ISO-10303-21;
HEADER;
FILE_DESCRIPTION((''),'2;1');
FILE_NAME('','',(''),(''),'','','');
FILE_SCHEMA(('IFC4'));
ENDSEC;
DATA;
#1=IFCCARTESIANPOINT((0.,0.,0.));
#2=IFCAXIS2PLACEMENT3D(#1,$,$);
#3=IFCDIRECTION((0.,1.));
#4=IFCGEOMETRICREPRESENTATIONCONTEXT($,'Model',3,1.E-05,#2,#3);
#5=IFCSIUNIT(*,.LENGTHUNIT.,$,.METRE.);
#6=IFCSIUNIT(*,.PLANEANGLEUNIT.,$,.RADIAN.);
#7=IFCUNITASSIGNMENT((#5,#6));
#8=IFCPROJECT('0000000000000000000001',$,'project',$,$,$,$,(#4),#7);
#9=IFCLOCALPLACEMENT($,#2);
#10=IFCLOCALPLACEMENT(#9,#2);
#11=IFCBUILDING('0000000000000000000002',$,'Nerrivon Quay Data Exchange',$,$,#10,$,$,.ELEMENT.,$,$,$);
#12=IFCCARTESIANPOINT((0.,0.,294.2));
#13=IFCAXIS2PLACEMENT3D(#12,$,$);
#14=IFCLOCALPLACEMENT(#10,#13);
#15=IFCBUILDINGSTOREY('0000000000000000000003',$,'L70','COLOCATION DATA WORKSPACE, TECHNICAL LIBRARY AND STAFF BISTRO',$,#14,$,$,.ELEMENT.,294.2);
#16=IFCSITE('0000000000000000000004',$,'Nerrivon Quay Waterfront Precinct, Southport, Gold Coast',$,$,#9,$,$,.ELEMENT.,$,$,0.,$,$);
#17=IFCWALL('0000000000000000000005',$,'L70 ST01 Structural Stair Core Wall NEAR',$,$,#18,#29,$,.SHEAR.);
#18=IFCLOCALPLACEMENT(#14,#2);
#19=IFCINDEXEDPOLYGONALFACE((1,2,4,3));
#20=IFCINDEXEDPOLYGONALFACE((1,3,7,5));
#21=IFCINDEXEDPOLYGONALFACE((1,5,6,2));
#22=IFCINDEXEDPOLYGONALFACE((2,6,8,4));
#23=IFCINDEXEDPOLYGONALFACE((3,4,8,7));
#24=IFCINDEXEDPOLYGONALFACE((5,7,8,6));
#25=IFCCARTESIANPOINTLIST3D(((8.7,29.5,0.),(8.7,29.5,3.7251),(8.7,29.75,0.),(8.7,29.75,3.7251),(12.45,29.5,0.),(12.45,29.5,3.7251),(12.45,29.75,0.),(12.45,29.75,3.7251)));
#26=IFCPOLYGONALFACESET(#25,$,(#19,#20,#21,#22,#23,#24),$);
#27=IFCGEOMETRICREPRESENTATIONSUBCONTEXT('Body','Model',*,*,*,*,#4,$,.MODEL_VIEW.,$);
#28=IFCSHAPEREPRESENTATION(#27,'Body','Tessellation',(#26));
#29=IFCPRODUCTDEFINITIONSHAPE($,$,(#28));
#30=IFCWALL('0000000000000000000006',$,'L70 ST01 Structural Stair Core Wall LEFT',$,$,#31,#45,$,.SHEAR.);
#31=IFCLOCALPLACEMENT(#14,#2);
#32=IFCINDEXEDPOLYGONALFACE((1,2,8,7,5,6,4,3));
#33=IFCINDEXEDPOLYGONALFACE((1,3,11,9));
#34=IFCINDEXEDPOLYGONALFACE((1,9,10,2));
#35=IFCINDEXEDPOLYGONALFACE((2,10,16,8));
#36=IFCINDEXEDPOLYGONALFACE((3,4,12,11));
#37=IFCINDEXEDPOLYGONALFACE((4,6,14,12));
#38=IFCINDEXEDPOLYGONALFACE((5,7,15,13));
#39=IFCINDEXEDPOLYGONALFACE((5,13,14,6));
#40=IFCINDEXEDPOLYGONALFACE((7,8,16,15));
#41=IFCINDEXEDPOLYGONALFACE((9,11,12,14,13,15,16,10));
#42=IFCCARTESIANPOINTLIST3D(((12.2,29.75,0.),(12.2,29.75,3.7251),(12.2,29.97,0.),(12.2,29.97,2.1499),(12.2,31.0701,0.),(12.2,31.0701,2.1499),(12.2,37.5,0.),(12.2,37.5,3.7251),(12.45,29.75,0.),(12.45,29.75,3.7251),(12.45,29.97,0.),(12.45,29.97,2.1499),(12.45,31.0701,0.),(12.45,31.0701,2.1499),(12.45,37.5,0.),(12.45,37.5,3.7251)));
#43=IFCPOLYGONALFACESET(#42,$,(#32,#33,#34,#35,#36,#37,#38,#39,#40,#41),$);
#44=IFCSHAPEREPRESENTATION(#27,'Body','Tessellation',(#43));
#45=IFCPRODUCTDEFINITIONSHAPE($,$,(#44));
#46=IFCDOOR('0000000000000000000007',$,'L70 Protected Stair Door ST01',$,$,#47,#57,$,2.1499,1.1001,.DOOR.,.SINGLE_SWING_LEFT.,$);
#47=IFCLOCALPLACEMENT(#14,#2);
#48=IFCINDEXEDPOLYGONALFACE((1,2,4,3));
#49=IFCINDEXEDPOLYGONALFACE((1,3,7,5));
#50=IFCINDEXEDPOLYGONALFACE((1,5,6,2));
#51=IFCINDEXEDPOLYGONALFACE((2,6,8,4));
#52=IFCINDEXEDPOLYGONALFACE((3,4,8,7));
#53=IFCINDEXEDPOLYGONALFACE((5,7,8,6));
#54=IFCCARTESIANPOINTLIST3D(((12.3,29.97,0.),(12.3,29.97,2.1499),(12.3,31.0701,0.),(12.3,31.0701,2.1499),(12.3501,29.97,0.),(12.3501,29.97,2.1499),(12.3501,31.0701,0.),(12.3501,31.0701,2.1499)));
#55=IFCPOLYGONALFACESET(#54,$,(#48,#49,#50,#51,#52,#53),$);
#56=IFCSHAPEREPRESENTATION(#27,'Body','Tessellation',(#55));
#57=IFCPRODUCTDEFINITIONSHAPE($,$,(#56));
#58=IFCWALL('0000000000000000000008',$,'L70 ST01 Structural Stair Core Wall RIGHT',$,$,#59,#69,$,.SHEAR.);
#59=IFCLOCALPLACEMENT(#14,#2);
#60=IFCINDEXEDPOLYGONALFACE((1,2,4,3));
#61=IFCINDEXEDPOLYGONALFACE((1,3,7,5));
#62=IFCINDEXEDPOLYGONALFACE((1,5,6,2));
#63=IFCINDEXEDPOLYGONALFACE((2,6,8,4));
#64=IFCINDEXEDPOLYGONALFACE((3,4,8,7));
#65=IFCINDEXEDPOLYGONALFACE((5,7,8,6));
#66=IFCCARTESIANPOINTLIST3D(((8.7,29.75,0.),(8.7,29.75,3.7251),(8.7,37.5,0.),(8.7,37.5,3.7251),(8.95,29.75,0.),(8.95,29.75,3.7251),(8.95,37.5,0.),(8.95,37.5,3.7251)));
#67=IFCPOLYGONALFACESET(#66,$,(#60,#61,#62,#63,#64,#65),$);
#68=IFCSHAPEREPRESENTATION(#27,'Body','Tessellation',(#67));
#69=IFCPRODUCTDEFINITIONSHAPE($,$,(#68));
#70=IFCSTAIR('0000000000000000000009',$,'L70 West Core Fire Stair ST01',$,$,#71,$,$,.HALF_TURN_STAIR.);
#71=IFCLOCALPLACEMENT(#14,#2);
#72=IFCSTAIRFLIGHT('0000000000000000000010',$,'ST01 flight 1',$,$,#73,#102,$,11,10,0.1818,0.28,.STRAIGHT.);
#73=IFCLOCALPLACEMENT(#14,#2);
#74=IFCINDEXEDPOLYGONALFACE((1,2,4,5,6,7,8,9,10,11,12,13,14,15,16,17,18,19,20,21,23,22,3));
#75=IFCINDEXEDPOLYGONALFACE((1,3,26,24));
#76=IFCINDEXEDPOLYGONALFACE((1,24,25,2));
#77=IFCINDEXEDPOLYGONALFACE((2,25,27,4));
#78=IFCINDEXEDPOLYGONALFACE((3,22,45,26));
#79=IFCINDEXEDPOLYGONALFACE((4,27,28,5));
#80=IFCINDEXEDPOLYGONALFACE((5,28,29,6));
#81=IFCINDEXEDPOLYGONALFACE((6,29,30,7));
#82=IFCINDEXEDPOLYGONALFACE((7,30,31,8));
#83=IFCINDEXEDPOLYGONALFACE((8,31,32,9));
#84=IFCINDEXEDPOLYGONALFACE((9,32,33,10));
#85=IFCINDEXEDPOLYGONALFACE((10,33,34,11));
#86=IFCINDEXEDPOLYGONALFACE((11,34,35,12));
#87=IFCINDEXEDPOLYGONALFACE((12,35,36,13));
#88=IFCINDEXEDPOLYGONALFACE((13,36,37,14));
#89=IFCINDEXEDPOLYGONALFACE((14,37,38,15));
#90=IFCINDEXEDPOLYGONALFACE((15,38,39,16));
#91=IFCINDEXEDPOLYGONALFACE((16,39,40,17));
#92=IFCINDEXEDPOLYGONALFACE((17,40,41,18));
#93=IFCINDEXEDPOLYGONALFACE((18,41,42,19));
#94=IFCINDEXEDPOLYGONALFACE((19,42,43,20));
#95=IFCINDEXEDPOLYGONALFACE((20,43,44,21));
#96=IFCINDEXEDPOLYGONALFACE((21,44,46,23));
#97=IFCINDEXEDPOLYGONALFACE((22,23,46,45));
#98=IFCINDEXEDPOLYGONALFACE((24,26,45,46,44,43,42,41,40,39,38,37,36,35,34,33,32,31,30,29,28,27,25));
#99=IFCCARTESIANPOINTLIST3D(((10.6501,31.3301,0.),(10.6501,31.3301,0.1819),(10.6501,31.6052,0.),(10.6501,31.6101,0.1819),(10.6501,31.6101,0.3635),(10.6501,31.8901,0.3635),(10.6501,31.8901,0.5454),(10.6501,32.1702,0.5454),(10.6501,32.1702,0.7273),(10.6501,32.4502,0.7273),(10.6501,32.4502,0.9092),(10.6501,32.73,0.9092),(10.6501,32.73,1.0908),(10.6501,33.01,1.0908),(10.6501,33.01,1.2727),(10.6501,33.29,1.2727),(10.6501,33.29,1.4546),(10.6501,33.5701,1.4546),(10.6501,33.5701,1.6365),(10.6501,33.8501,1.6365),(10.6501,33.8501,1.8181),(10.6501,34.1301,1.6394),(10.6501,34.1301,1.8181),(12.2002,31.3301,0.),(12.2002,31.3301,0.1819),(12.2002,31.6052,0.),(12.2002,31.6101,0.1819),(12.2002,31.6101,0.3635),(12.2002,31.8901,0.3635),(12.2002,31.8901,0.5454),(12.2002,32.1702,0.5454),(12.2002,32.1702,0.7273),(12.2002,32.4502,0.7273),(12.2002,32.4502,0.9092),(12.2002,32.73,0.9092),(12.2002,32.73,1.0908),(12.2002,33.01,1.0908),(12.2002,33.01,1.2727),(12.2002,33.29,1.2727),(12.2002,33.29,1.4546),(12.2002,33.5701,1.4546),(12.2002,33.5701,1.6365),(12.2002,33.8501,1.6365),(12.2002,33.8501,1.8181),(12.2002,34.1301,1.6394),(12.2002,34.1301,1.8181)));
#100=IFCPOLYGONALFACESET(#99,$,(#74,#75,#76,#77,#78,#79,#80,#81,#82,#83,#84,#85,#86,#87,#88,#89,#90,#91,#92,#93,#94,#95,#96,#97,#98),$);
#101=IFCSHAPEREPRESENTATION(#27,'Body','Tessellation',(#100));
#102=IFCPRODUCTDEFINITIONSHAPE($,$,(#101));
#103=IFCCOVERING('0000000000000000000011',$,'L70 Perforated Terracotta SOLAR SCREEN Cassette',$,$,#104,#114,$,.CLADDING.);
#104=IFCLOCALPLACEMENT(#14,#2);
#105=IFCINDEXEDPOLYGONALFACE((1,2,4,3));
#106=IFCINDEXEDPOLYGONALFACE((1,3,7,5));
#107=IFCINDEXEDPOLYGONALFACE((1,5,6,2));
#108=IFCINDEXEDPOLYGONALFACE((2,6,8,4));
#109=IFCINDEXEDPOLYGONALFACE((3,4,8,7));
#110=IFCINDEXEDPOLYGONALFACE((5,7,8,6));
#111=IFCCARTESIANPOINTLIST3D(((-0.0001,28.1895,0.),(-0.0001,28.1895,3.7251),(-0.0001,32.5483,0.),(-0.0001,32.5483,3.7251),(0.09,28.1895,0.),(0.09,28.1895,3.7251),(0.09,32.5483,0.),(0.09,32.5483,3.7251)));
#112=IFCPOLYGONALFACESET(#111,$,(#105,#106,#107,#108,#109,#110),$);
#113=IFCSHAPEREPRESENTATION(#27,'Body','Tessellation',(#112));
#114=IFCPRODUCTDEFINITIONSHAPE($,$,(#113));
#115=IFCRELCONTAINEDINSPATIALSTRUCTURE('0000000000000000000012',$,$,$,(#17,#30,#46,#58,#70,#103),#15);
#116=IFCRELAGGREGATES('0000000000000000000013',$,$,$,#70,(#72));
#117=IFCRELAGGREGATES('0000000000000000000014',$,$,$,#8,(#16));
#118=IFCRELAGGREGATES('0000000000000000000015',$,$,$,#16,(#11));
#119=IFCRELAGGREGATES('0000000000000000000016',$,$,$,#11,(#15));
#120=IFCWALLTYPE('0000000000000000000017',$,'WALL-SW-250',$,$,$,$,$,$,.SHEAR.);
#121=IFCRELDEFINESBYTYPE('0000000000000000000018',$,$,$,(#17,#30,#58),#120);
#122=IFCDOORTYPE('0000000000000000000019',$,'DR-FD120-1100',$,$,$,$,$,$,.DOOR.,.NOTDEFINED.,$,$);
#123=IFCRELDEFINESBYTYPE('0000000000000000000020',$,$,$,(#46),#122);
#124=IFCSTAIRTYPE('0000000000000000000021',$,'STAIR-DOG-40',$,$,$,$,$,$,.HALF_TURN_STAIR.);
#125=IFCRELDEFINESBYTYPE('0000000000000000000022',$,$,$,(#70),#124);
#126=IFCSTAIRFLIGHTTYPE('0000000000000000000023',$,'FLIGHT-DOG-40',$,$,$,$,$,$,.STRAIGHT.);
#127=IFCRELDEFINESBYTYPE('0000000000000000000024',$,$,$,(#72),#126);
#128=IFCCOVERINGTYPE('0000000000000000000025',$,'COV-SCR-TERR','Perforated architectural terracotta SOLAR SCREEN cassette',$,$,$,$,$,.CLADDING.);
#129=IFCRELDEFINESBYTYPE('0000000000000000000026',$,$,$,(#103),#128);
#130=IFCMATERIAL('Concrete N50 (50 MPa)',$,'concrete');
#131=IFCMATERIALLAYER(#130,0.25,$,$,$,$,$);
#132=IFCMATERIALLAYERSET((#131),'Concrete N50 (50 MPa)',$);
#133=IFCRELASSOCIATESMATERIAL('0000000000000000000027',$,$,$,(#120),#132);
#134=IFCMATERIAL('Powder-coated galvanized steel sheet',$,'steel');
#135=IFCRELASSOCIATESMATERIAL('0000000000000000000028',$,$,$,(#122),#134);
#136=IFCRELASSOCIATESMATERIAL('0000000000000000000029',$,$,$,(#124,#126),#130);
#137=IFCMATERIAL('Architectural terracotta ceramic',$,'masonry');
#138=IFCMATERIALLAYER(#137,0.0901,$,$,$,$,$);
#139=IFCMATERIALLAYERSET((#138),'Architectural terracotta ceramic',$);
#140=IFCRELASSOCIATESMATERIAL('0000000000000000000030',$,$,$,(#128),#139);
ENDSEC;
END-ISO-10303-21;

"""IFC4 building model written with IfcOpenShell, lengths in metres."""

from ifc_helpers import new_model, si_unit, direction, frame, frame_2d, origin, origin_2d, place, context, subcontext, project, spatial, polyline, rectangle, outline, extrude, material, layer, layer_set, type_object, element, fill, aggregate, save


model = new_model("IFC4")

# Units and contexts
model_context = context("Model", 3, precision=1e-05, world=origin(), true_north=direction((0.0, 1.0)))
body_context = subcontext(model_context, "Body", "Model", "MODEL_VIEW")
ifc_project = project(units=[si_unit("LENGTHUNIT", "METRE"), si_unit("PLANEANGLEUNIT", "RADIAN")], contexts=[model_context])

# Site, building, storey
site_placement = place(None, origin())
site = spatial("IfcSite", under=ifc_project, at=site_placement, Name="Nerrivon Quay Waterfront Precinct, Southport, Gold Coast", CompositionType="ELEMENT", RefElevation=0.0)
building_placement = place(site_placement, origin())
building = spatial("IfcBuilding", under=site, at=building_placement, Name="Nerrivon Quay Data Exchange", CompositionType="ELEMENT")
storey_placement = place(building_placement, frame((0.0, 0.0, 294.2)))
storey = spatial("IfcBuildingStorey", under=building, at=storey_placement, Name="L70", Description="COLOCATION DATA WORKSPACE, TECHNICAL LIBRARY AND STAFF BISTRO", CompositionType="ELEMENT", Elevation=294.2)

# Shared definitions
ifc_material_1 = material(Name="Concrete N50 (50 MPa)", Category="concrete")

# Shared definitions
ifc_material_2 = material(Name="Powder-coated galvanized steel sheet", Category="steel")

# Wall
ifc_layer_1 = layer(ifc_material_1, 0.25)
ifc_layer_set_1 = layer_set([ifc_layer_1], Name="Concrete N50 (50 MPa)")
wall_type_1 = type_object("IfcWallType", Name="WALL-SW-250", PredefinedType="SHEAR", material=ifc_layer_set_1)
wall_1_placement = place(storey_placement, frame((12.45, 29.625, 0.0), z_axis=(0.0, 0.0, 1.0), x_axis=(-1.0, 0.0, 0.0)))
element("IfcWall", 1, at=wall_1_placement, inside=storey, type_object=wall_type_1, Name="L70 ST01 Structural Stair Core Wall NEAR", PredefinedType="SHEAR", context=body_context, shape_type="SweptSolid", body=[
    extrude(rectangle(XDim=3.75, YDim=0.25, at=frame_2d((1.875, 0.0))), origin(), (0.0, 0.0, 1.0), 3.7251),
])

# Wall, opening, door
wall_2_placement = place(storey_placement, frame((12.325, 29.75, 0.0), z_axis=(0.0, 0.0, 1.0), x_axis=(0.0, 1.0, 0.0)))
wall_2 = element("IfcWall", 2, at=wall_2_placement, inside=storey, type_object=wall_type_1, Name="L70 ST01 Structural Stair Core Wall LEFT", PredefinedType="SHEAR", context=body_context, shape_type="SweptSolid", body=[
    extrude(rectangle(XDim=7.75, YDim=0.25, at=frame_2d((3.875, 0.0))), origin(), (0.0, 0.0, 1.0), 3.7251),
])
opening_1_placement = place(wall_2_placement, frame((0.22, 0.0, 0.0)))
opening_1 = element("IfcOpeningElement", 3, at=opening_1_placement, cuts=wall_2, PredefinedType="OPENING", context=body_context, shape_type="SweptSolid", body=[
    extrude(rectangle(XDim=1.1001, YDim=2.1499, at=frame_2d((0.55, 1.075))), frame((0.0, 0.135, 0.0), z_axis=(0.0, -1.0, 0.0), x_axis=(1.0, 0.0, 0.0)), (0.0, 0.0, 1.0), 0.27),
])
door_type_1 = type_object("IfcDoorType", Name="DR-FD120-1100", OperationType="NOTDEFINED", PredefinedType="DOOR", material=ifc_material_2)
door_1_placement = place(opening_1_placement, origin())
door_1 = element("IfcDoor", 4, at=door_1_placement, inside=storey, type_object=door_type_1, Name="L70 Protected Stair Door ST01", OperationType="SINGLE_SWING_LEFT", OverallHeight=2.1499, OverallWidth=1.1001, PredefinedType="DOOR", context=body_context, shape_type="SweptSolid", body=[
    extrude(rectangle(XDim=1.1001, YDim=2.1499, at=frame_2d((0.55, 1.075))), frame((0.0, 0.0249, 0.0), z_axis=(0.0, -1.0, 0.0), x_axis=(1.0, 0.0, 0.0)), (0.0, 0.0, 1.0), 0.05),
])
fill(opening_1, door_1)

# Wall
wall_3_placement = place(storey_placement, frame((8.825, 29.75, 0.0), z_axis=(0.0, 0.0, 1.0), x_axis=(0.0, 1.0, 0.0)))
element("IfcWall", 5, at=wall_3_placement, inside=storey, type_object=wall_type_1, Name="L70 ST01 Structural Stair Core Wall RIGHT", PredefinedType="SHEAR", context=body_context, shape_type="SweptSolid", body=[
    extrude(rectangle(XDim=7.75, YDim=0.25, at=frame_2d((3.875, 0.0))), origin(), (0.0, 0.0, 1.0), 3.7251),
])

# Stair, stair flight
stair_type = type_object("IfcStairType", Name="STAIR-DOG-40", PredefinedType="HALF_TURN_STAIR", material=ifc_material_1)
stair_placement = place(storey_placement, origin())
stair = element("IfcStair", 6, at=stair_placement, inside=storey, type_object=stair_type, Name="L70 West Core Fire Stair ST01", PredefinedType="HALF_TURN_STAIR")
stair_flight_type = type_object("IfcStairFlightType", Name="FLIGHT-DOG-40", PredefinedType="STRAIGHT", material=ifc_material_1)
stair_flight_placement = place(storey_placement, frame((11.425, 31.3301, 0.0), z_axis=(0.0, 0.0, 1.0), x_axis=(0.0, 1.0, 0.0)))
stair_flight = element("IfcStairFlight", 7, at=stair_flight_placement, type_object=stair_flight_type, Name="ST01 flight 1", NumberOfRisers=11, NumberOfTreads=10, PredefinedType="STRAIGHT", RiserHeight=0.1818, TreadLength=0.28, context=body_context, shape_type="SweptSolid", body=[
    extrude(outline(polyline([(0.0, 0.0), (0.0, 0.1819), (0.28, 0.1819), (0.28, 0.3635), (0.5601, 0.3635), (0.5601, 0.5454), (0.8401, 0.5454), (0.8401, 0.7273), (1.1201, 0.7273), (1.1201, 0.9092), (1.3999, 0.9092), (1.3999, 1.0908), (1.6799, 1.0908), (1.6799, 1.2727), (1.96, 1.2727), (1.96, 1.4546), (2.24, 1.4546), (2.24, 1.6365), (2.52, 1.6365), (2.52, 1.8181), (2.8, 1.8181), (2.8, 2.0), (2.8, 1.6394), (0.2751, 0.0), (0.0, 0.0)])), frame((0.0, 0.7749, 0.0), z_axis=(0.0, -1.0, 0.0), x_axis=(1.0, 0.0, 0.0)), (0.0, 0.0, 1.0), 1.55),
])
aggregate(stair, [stair_flight])

# Covering
ifc_material_3 = material(Name="Architectural terracotta ceramic", Category="masonry")
ifc_layer_2 = layer(ifc_material_3, 0.0901)
ifc_layer_set_2 = layer_set([ifc_layer_2], Name="Architectural terracotta ceramic")
covering_type = type_object("IfcCoveringType", Name="COV-SCR-TERR", Description="Perforated architectural terracotta SOLAR SCREEN cassette", PredefinedType="CLADDING", material=ifc_layer_set_2)
covering_placement = place(storey_placement, frame((0.0449, 30.3689, 0.0), z_axis=(0.0, 0.0, 1.0), x_axis=(0.0, 1.0, 0.0)))
element("IfcCovering", 8, at=covering_placement, inside=storey, type_object=covering_type, Name="L70 Perforated Terracotta SOLAR SCREEN Cassette", PredefinedType="CLADDING", context=body_context, shape_type="SweptSolid", body=[
    extrude(rectangle(XDim=4.3589, YDim=0.0901, at=origin_2d()), origin(), (0.0, 0.0, 1.0), 3.7251),
])

save(model, "model.ifc")
